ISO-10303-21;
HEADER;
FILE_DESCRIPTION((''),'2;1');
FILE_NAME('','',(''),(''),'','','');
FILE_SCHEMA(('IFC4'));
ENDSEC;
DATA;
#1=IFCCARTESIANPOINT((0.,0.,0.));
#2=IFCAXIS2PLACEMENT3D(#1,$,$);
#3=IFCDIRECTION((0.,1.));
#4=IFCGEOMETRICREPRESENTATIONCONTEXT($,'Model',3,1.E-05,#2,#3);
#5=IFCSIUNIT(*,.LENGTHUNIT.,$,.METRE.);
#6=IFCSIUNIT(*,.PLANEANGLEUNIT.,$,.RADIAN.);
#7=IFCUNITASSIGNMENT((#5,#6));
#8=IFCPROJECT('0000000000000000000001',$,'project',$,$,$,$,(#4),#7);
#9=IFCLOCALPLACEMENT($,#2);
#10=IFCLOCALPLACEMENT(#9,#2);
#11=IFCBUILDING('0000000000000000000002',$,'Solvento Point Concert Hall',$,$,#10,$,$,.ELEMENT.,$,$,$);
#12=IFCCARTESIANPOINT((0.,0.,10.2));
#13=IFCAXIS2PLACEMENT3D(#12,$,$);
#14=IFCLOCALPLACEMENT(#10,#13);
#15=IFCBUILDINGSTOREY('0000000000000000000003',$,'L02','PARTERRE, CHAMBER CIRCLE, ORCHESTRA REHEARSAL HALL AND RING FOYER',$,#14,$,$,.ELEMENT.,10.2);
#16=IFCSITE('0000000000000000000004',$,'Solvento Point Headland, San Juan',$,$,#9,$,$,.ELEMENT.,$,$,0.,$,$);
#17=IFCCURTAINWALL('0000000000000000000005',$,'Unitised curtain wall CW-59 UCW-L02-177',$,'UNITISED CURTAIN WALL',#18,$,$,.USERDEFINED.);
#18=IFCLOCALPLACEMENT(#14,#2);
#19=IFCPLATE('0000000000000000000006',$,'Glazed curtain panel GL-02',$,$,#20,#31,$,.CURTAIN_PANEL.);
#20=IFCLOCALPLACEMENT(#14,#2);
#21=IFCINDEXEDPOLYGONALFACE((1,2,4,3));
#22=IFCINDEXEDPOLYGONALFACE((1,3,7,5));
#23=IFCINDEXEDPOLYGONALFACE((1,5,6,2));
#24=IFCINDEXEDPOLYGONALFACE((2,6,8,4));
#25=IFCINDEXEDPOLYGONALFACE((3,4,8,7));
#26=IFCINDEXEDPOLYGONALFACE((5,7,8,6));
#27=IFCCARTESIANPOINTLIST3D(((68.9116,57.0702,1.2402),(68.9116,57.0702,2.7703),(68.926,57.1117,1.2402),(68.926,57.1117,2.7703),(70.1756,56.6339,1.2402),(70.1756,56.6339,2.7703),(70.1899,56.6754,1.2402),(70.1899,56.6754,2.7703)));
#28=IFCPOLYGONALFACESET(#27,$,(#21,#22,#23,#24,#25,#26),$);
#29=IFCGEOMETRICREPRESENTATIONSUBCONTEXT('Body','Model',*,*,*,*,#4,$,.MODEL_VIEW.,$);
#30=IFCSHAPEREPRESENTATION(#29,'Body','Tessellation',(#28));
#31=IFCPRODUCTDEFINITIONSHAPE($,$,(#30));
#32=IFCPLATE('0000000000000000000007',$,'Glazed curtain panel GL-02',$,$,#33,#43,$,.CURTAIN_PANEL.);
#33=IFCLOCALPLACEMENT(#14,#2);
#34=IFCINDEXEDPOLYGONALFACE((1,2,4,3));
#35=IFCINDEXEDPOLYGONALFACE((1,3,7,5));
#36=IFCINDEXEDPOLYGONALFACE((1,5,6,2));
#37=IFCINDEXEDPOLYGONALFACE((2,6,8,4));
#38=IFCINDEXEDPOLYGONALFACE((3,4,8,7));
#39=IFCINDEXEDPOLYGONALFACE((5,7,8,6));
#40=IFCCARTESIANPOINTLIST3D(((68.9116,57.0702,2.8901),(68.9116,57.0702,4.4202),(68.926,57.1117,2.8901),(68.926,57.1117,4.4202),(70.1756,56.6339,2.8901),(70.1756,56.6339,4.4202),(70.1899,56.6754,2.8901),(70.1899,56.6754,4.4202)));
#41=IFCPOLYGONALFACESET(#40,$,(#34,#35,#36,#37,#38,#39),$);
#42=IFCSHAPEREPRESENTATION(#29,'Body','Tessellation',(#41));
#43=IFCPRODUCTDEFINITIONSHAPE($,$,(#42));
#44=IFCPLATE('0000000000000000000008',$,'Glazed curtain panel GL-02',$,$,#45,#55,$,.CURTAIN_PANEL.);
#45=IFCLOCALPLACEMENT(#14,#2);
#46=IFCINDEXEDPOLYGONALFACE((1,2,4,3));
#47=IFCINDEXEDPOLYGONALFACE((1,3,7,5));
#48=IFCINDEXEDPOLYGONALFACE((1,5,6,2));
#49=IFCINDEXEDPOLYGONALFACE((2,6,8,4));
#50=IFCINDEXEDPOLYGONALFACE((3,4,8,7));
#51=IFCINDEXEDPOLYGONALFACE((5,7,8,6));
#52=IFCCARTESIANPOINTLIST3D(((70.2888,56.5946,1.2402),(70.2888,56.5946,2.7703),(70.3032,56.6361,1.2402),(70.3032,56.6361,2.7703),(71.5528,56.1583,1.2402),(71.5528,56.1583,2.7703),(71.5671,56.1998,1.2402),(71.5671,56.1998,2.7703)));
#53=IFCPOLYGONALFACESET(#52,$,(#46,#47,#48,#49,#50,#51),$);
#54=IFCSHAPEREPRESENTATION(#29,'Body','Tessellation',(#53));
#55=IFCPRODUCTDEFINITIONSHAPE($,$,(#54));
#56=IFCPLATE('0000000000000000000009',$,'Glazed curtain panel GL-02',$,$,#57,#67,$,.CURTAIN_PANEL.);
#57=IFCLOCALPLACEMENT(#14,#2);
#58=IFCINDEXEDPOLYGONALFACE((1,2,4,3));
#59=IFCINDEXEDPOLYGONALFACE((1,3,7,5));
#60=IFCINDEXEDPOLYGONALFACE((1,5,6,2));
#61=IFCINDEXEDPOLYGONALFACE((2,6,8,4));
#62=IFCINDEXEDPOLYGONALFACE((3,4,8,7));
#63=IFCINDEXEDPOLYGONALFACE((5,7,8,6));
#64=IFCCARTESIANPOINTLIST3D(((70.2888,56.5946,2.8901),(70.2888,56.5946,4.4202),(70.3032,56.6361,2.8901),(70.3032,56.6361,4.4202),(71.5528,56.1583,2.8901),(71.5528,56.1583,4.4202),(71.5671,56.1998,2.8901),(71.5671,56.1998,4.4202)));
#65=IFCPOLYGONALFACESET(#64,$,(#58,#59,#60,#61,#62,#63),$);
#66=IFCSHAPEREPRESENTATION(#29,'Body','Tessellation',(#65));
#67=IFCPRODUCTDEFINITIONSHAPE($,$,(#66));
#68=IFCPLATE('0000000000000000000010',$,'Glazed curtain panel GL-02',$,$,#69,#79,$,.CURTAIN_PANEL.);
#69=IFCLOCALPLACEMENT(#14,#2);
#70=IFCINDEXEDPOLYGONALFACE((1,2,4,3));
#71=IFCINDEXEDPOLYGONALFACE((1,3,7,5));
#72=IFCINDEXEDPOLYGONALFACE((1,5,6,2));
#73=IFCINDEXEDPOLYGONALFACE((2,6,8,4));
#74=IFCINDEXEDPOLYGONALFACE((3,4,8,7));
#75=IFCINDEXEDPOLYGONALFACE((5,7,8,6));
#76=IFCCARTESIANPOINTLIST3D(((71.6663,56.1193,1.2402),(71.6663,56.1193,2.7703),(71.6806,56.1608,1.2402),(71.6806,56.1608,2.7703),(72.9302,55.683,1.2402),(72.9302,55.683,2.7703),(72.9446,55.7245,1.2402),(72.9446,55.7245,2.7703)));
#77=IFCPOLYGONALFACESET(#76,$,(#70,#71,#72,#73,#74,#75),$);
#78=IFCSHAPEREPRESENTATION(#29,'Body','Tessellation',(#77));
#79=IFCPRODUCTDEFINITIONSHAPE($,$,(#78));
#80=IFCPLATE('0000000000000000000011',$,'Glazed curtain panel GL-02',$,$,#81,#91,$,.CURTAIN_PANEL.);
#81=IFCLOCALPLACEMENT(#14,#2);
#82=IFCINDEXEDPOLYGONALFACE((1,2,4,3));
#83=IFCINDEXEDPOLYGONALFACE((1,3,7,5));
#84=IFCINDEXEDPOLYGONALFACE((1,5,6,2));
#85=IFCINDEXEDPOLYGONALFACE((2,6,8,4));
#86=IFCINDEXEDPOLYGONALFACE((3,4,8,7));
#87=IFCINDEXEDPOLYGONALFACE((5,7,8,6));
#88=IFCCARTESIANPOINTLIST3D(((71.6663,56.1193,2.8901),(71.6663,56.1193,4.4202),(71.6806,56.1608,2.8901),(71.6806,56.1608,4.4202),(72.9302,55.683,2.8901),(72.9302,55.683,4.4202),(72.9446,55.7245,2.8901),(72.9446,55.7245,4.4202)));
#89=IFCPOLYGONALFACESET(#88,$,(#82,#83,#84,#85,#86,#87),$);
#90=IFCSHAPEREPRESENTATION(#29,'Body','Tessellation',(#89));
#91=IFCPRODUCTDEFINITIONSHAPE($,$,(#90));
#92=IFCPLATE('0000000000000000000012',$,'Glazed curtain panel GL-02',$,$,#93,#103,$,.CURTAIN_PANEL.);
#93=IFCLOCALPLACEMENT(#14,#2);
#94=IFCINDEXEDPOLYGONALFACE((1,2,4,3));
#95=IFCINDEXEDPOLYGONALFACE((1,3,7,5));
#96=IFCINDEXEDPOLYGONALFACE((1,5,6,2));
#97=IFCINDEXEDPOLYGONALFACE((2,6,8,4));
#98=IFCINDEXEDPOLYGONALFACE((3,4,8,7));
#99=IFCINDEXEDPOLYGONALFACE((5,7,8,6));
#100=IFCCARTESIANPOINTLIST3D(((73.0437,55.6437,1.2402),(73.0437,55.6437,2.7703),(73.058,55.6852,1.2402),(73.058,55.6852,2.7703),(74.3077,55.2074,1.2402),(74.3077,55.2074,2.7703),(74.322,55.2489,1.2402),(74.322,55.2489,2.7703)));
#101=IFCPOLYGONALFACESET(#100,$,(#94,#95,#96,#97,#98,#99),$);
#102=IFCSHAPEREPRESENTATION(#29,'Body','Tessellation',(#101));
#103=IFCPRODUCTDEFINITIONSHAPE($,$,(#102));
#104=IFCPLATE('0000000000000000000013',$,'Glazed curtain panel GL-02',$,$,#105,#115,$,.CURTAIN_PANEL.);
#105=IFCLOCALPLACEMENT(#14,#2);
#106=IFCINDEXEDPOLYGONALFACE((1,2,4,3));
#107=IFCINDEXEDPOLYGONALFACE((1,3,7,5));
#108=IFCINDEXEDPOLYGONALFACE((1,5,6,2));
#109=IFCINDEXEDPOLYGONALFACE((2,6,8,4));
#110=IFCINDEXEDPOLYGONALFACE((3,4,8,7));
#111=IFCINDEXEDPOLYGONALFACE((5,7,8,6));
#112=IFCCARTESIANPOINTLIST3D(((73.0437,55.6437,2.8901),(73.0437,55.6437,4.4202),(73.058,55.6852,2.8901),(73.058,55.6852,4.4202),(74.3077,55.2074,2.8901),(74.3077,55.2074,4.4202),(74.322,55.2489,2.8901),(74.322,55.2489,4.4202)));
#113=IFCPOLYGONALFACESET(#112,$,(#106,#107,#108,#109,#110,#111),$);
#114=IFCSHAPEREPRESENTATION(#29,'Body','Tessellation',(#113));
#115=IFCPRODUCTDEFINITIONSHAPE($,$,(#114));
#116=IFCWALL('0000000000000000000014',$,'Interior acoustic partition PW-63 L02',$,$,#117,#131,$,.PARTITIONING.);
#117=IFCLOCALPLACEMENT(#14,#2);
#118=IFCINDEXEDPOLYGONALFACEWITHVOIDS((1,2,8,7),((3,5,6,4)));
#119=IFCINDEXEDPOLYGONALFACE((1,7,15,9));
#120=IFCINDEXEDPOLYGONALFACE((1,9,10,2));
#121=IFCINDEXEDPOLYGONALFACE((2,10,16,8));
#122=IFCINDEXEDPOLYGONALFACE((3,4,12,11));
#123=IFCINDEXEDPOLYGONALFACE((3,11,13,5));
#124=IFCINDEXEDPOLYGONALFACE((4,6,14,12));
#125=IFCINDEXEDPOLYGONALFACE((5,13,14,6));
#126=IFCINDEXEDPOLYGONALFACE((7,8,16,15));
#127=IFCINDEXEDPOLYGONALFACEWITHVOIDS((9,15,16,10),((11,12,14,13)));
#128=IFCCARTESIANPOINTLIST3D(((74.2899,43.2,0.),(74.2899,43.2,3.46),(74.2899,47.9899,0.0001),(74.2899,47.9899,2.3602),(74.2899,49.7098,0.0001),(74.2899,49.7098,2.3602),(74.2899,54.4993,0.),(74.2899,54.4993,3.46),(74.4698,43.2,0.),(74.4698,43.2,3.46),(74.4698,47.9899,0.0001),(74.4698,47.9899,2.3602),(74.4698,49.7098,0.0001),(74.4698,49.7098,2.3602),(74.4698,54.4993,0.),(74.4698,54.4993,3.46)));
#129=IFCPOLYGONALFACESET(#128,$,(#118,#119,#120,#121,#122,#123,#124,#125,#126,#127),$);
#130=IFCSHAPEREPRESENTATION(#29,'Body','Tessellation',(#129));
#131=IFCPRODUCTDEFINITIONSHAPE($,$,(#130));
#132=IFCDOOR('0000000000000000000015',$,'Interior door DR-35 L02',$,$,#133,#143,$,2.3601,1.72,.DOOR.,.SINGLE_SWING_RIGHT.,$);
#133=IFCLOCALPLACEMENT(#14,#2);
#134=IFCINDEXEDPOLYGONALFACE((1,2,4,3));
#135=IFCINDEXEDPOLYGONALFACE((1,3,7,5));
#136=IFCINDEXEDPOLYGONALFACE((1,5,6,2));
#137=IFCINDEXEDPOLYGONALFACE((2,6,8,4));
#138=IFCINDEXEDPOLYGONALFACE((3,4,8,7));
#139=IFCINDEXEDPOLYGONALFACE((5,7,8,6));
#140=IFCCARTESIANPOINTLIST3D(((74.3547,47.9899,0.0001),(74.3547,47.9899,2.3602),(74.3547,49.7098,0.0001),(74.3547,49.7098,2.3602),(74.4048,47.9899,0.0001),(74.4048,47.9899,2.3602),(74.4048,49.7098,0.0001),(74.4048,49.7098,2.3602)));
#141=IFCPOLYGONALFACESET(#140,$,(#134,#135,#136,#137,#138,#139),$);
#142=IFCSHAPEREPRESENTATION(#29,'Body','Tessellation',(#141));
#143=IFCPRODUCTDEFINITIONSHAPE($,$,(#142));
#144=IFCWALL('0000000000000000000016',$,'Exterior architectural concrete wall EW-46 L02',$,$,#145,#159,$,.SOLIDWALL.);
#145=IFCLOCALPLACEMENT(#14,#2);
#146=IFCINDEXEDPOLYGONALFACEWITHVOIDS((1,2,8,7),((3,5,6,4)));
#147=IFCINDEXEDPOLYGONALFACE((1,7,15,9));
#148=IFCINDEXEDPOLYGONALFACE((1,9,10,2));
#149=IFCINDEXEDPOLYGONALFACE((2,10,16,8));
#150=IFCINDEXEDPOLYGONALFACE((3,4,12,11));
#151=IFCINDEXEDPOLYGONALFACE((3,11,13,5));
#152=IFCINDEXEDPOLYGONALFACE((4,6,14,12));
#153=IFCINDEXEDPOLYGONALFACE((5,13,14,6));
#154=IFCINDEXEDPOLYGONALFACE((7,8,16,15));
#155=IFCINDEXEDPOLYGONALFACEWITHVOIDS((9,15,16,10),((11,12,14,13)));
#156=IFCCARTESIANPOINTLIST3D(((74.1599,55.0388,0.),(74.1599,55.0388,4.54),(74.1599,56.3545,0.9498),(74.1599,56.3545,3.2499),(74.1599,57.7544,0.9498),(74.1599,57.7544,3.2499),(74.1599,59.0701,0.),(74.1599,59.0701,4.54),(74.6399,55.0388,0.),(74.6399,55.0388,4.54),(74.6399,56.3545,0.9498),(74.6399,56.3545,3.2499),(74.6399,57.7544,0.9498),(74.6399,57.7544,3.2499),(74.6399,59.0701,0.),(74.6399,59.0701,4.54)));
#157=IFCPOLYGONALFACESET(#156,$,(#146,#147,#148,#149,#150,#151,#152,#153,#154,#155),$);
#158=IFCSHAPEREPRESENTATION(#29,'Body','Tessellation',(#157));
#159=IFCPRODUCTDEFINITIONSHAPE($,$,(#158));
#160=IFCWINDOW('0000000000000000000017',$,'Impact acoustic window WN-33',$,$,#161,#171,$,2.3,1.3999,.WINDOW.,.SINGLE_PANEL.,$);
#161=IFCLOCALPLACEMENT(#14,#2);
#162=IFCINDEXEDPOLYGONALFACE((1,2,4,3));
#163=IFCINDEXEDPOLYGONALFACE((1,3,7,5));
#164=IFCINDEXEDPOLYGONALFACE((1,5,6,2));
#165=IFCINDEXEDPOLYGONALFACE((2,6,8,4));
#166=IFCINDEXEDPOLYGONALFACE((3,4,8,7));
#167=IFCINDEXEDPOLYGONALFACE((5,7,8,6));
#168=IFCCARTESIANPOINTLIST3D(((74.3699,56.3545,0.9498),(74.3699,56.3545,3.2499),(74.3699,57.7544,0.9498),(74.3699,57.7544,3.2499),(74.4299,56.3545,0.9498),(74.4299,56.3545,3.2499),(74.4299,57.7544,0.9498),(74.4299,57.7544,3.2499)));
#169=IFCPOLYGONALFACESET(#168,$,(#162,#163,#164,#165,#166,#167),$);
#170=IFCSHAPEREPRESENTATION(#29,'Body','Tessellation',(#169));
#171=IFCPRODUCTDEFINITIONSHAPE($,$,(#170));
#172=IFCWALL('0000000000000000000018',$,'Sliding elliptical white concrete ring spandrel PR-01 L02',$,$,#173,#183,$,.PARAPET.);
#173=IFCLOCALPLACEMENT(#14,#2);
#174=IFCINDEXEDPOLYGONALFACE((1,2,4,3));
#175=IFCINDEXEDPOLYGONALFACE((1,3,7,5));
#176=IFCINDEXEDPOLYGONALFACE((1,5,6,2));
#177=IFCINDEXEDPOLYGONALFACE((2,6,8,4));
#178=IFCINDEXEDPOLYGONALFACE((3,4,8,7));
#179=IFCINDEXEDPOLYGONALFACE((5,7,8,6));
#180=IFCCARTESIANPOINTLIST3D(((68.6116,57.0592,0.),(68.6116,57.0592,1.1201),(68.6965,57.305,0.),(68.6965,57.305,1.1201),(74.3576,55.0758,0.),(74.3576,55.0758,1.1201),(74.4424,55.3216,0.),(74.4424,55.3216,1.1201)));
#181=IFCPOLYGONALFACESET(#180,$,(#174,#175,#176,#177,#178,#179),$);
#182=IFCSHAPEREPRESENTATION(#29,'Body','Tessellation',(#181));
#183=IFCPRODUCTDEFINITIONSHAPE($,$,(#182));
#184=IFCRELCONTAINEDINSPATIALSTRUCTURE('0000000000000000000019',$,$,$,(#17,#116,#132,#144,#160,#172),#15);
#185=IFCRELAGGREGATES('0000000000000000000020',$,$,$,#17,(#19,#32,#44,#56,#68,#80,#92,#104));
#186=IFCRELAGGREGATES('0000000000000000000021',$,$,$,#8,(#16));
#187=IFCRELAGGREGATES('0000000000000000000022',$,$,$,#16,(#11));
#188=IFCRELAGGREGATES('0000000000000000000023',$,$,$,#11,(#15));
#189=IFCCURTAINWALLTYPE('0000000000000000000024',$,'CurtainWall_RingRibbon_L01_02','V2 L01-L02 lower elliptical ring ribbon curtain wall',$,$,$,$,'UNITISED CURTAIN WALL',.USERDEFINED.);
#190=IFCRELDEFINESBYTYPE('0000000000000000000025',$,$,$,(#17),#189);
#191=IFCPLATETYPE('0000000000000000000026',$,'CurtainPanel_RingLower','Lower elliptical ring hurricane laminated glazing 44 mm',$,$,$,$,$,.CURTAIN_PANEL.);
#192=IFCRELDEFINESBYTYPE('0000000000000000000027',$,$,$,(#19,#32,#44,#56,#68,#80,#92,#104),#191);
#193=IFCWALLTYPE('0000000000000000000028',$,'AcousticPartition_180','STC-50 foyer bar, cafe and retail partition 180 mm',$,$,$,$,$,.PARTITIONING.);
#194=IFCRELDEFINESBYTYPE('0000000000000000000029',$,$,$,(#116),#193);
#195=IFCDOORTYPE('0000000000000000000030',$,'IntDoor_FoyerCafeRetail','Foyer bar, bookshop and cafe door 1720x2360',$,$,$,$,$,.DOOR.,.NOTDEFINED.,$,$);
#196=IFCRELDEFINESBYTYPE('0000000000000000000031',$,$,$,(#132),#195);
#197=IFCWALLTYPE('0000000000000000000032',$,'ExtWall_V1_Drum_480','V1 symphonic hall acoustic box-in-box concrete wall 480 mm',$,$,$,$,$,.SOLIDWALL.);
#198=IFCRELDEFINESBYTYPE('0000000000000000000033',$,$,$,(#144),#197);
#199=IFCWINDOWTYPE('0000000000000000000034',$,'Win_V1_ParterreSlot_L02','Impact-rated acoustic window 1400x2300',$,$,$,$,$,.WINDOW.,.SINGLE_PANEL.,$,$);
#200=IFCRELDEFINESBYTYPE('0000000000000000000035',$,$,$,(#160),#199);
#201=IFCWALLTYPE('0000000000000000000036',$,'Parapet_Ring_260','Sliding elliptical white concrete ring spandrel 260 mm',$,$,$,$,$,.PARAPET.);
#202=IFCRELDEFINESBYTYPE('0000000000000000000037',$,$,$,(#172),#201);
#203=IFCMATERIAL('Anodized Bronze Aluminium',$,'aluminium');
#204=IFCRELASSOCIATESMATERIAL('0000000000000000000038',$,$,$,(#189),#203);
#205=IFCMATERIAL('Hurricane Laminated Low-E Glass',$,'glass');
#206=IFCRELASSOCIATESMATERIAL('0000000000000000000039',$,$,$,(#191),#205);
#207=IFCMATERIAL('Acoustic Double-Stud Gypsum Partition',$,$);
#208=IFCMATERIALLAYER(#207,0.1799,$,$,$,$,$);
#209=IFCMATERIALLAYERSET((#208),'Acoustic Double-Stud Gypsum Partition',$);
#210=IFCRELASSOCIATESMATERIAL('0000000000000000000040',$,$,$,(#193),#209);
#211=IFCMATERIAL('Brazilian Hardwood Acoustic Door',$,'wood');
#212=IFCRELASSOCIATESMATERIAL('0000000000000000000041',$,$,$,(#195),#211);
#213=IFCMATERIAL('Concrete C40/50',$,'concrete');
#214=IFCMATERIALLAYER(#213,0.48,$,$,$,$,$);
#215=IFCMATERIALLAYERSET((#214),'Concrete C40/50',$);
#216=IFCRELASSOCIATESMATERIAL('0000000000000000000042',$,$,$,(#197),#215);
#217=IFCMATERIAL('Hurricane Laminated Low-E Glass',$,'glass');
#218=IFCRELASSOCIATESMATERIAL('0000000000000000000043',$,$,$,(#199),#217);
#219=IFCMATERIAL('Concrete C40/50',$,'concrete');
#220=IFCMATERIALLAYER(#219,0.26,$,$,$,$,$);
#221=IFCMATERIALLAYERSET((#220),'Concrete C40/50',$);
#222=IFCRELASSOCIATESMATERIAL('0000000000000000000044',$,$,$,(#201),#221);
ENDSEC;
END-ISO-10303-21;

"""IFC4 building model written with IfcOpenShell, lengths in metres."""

from ifc_helpers import new_model, si_unit, direction, frame, frame_2d, origin, origin_2d, place, context, subcontext, project, spatial, rectangle, extrude, material, layer, layer_set, type_object, element, fill, aggregate, save


model = new_model("IFC4")

# Units and contexts
model_context = context("Model", 3, precision=1e-05, world=origin(), true_north=direction((0.0, 1.0)))
body_context = subcontext(model_context, "Body", "Model", "MODEL_VIEW")
ifc_project = project(units=[si_unit("LENGTHUNIT", "METRE"), si_unit("PLANEANGLEUNIT", "RADIAN")], contexts=[model_context])

# Site, building, storey
site_placement = place(None, origin())
site = spatial("IfcSite", under=ifc_project, at=site_placement, Name="Solvento Point Headland, San Juan", CompositionType="ELEMENT", RefElevation=0.0)
building_placement = place(site_placement, origin())
building = spatial("IfcBuilding", under=site, at=building_placement, Name="Solvento Point Concert Hall", CompositionType="ELEMENT")
storey_placement = place(building_placement, frame((0.0, 0.0, 10.2)))
storey = spatial("IfcBuildingStorey", under=building, at=storey_placement, Name="L02", Description="PARTERRE, CHAMBER CIRCLE, ORCHESTRA REHEARSAL HALL AND RING FOYER", CompositionType="ELEMENT", Elevation=10.2)

# Shared definitions
ifc_material_1 = material(Name="Anodized Bronze Aluminium", Category="aluminium")
curtain_wall_type = type_object("IfcCurtainWallType", Name="CurtainWall_RingRibbon_L01_02", Description="V2 L01-L02 lower elliptical ring ribbon curtain wall", ElementType="UNITISED CURTAIN WALL", PredefinedType="USERDEFINED", material=ifc_material_1)

# Curtain wall
curtain_wall_1_placement = place(storey_placement, origin())
curtain_wall_1 = element("IfcCurtainWall", 1, at=curtain_wall_1_placement, inside=storey, type_object=curtain_wall_type, Name="Unitised curtain wall CW-59 UCW-L02-177", ObjectType="UNITISED CURTAIN WALL", PredefinedType="USERDEFINED")

# Plates
ifc_material_2 = material(Name="Hurricane Laminated Low-E Glass", Category="glass")
plate_type = type_object("IfcPlateType", Name="CurtainPanel_RingLower", Description="Lower elliptical ring hurricane laminated glazing 44 mm", PredefinedType="CURTAIN_PANEL", material=ifc_material_2)
plate_1_placement = place(storey_placement, frame((69.5508, 56.8728, 1.2402), z_axis=(0.0, 0.0, 1.0), x_axis=(0.945271, -0.326288, 0.0)))
plate_1 = element("IfcPlate", 2, at=plate_1_placement, type_object=plate_type, Name="Glazed curtain panel GL-02", PredefinedType="CURTAIN_PANEL", context=body_context, shape_type="SweptSolid", body=[
    extrude(rectangle(XDim=1.3372, YDim=0.0439, at=origin_2d()), origin(), (0.0, 0.0, 1.0), 1.53),
])
plate_2_placement = place(storey_placement, frame((69.5508, 56.8728, 2.8901), z_axis=(0.0, 0.0, 1.0), x_axis=(0.945271, -0.326288, 0.0)))
plate_2 = element("IfcPlate", 3, at=plate_2_placement, type_object=plate_type, Name="Glazed curtain panel GL-02", PredefinedType="CURTAIN_PANEL", context=body_context, shape_type="SweptSolid", body=[
    extrude(rectangle(XDim=1.3372, YDim=0.0439, at=origin_2d()), origin(), (0.0, 0.0, 1.0), 1.53),
])
plate_3_placement = place(storey_placement, frame((70.928, 56.3972, 1.2402), z_axis=(0.0, 0.0, 1.0), x_axis=(0.945271, -0.326288, 0.0)))
plate_3 = element("IfcPlate", 4, at=plate_3_placement, type_object=plate_type, Name="Glazed curtain panel GL-02", PredefinedType="CURTAIN_PANEL", context=body_context, shape_type="SweptSolid", body=[
    extrude(rectangle(XDim=1.3372, YDim=0.0439, at=origin_2d()), origin(), (0.0, 0.0, 1.0), 1.53),
])
plate_4_placement = place(storey_placement, frame((70.928, 56.3972, 2.8901), z_axis=(0.0, 0.0, 1.0), x_axis=(0.945271, -0.326288, 0.0)))
plate_4 = element("IfcPlate", 5, at=plate_4_placement, type_object=plate_type, Name="Glazed curtain panel GL-02", PredefinedType="CURTAIN_PANEL", context=body_context, shape_type="SweptSolid", body=[
    extrude(rectangle(XDim=1.3372, YDim=0.0439, at=origin_2d()), origin(), (0.0, 0.0, 1.0), 1.53),
])
plate_5_placement = place(storey_placement, frame((72.3054, 55.9219, 1.2402), z_axis=(0.0, 0.0, 1.0), x_axis=(0.945271, -0.326288, 0.0)))
plate_5 = element("IfcPlate", 6, at=plate_5_placement, type_object=plate_type, Name="Glazed curtain panel GL-02", PredefinedType="CURTAIN_PANEL", context=body_context, shape_type="SweptSolid", body=[
    extrude(rectangle(XDim=1.3372, YDim=0.0439, at=origin_2d()), origin(), (0.0, 0.0, 1.0), 1.53),
])
plate_6_placement = place(storey_placement, frame((72.3054, 55.9219, 2.8901), z_axis=(0.0, 0.0, 1.0), x_axis=(0.945271, -0.326288, 0.0)))
plate_6 = element("IfcPlate", 7, at=plate_6_placement, type_object=plate_type, Name="Glazed curtain panel GL-02", PredefinedType="CURTAIN_PANEL", context=body_context, shape_type="SweptSolid", body=[
    extrude(rectangle(XDim=1.3372, YDim=0.0439, at=origin_2d()), origin(), (0.0, 0.0, 1.0), 1.53),
])
plate_7_placement = place(storey_placement, frame((73.6829, 55.4463, 1.2402), z_axis=(0.0, 0.0, 1.0), x_axis=(0.945271, -0.326288, 0.0)))
plate_7 = element("IfcPlate", 8, at=plate_7_placement, type_object=plate_type, Name="Glazed curtain panel GL-02", PredefinedType="CURTAIN_PANEL", context=body_context, shape_type="SweptSolid", body=[
    extrude(rectangle(XDim=1.3372, YDim=0.0439, at=origin_2d()), origin(), (0.0, 0.0, 1.0), 1.53),
])
plate_8_placement = place(storey_placement, frame((73.6829, 55.4463, 2.8901), z_axis=(0.0, 0.0, 1.0), x_axis=(0.945271, -0.326288, 0.0)))
plate_8 = element("IfcPlate", 9, at=plate_8_placement, type_object=plate_type, Name="Glazed curtain panel GL-02", PredefinedType="CURTAIN_PANEL", context=body_context, shape_type="SweptSolid", body=[
    extrude(rectangle(XDim=1.3372, YDim=0.0439, at=origin_2d()), origin(), (0.0, 0.0, 1.0), 1.53),
])
aggregate(curtain_wall_1, [plate_1, plate_2, plate_3, plate_4, plate_5, plate_6, plate_7, plate_8])

# Wall, opening, door
ifc_material_3 = material(Name="Acoustic Double-Stud Gypsum Partition")
ifc_layer_1 = layer(ifc_material_3, 0.1799)
ifc_layer_set_1 = layer_set([ifc_layer_1], Name="Acoustic Double-Stud Gypsum Partition")
wall_type_1 = type_object("IfcWallType", Name="AcousticPartition_180", Description="STC-50 foyer bar, cafe and retail partition 180 mm", PredefinedType="PARTITIONING", material=ifc_layer_set_1)
wall_1_placement = place(storey_placement, frame((74.3799, 54.4993, 0.0), z_axis=(0.0, 0.0, 1.0), x_axis=(0.0, -1.0, 0.0)))
wall_1 = element("IfcWall", 10, at=wall_1_placement, inside=storey, type_object=wall_type_1, Name="Interior acoustic partition PW-63 L02", PredefinedType="PARTITIONING", context=body_context, shape_type="SweptSolid", body=[
    extrude(rectangle(XDim=11.2993, YDim=0.1799, at=frame_2d((5.6497, 0.0))), origin(), (0.0, 0.0, 1.0), 3.46),
])
opening_1_placement = place(wall_1_placement, frame((4.7896, 0.0, 0.0)))
opening_1 = element("IfcOpeningElement", 11, at=opening_1_placement, cuts=wall_1, PredefinedType="OPENING", context=body_context, shape_type="SweptSolid", body=[
    extrude(rectangle(XDim=1.72, YDim=2.3601, at=frame_2d((0.8599, 1.1802))), frame((0.0, 0.0999, 0.0), z_axis=(0.0, -1.0, 0.0), x_axis=(1.0, 0.0, 0.0)), (0.0, 0.0, 1.0), 0.2),
])
ifc_material_4 = material(Name="Brazilian Hardwood Acoustic Door", Category="wood")
door_type = type_object("IfcDoorType", Name="IntDoor_FoyerCafeRetail", Description="Foyer bar, bookshop and cafe door 1720x2360", OperationType="NOTDEFINED", PredefinedType="DOOR", material=ifc_material_4)
door_placement = place(opening_1_placement, origin())
door = element("IfcDoor", 12, at=door_placement, inside=storey, type_object=door_type, Name="Interior door DR-35 L02", OperationType="SINGLE_SWING_RIGHT", OverallHeight=2.3601, OverallWidth=1.72, PredefinedType="DOOR", context=body_context, shape_type="SweptSolid", body=[
    extrude(rectangle(XDim=1.72, YDim=2.3601, at=frame_2d((0.8599, 1.1802))), frame((0.0, 0.0249, 0.0), z_axis=(0.0, -1.0, 0.0), x_axis=(1.0, 0.0, 0.0)), (0.0, 0.0, 1.0), 0.05),
])
fill(opening_1, door)

# Wall, opening, window
ifc_material_5 = material(Name="Concrete C40/50", Category="concrete")
ifc_layer_2 = layer(ifc_material_5, 0.48)
ifc_layer_set_2 = layer_set([ifc_layer_2], Name="Concrete C40/50")
wall_type_2 = type_object("IfcWallType", Name="ExtWall_V1_Drum_480", Description="V1 symphonic hall acoustic box-in-box concrete wall 480 mm", PredefinedType="SOLIDWALL", material=ifc_layer_set_2)
wall_2_placement = place(storey_placement, frame((74.3999, 55.0388, 0.0), z_axis=(0.0, 0.0, 1.0), x_axis=(0.0, 1.0, 0.0)))
wall_2 = element("IfcWall", 13, at=wall_2_placement, inside=storey, type_object=wall_type_2, Name="Exterior architectural concrete wall EW-46 L02", PredefinedType="SOLIDWALL", context=body_context, shape_type="SweptSolid", body=[
    extrude(rectangle(XDim=4.0312, YDim=0.48, at=frame_2d((2.0156, 0.0))), origin(), (0.0, 0.0, 1.0), 4.54),
])
opening_2_placement = place(wall_2_placement, frame((1.3157, 0.0, 0.95)))
opening_2 = element("IfcOpeningElement", 14, at=opening_2_placement, cuts=wall_2, PredefinedType="OPENING", context=body_context, shape_type="SweptSolid", body=[
    extrude(rectangle(XDim=1.3999, YDim=2.3, at=frame_2d((0.7, 1.1499))), frame((0.0, 0.25, 0.0), z_axis=(0.0, -1.0, 0.0), x_axis=(1.0, 0.0, 0.0)), (0.0, 0.0, 1.0), 0.5),
])
ifc_material_6 = material(Name="Hurricane Laminated Low-E Glass", Category="glass")
window_type = type_object("IfcWindowType", Name="Win_V1_ParterreSlot_L02", Description="Impact-rated acoustic window 1400x2300", PartitioningType="SINGLE_PANEL", PredefinedType="WINDOW", material=ifc_material_6)
window_placement = place(opening_2_placement, origin())
window = element("IfcWindow", 15, at=window_placement, inside=storey, type_object=window_type, Name="Impact acoustic window WN-33", OverallHeight=2.3, OverallWidth=1.3999, PartitioningType="SINGLE_PANEL", PredefinedType="WINDOW", context=body_context, shape_type="SweptSolid", body=[
    extrude(rectangle(XDim=1.3999, YDim=2.3, at=frame_2d((0.7, 1.1499))), frame((0.0, 0.03, 0.0), z_axis=(0.0, -1.0, 0.0), x_axis=(1.0, 0.0, 0.0)), (0.0, 0.0, 1.0), 0.0601),
])
fill(opening_2, window)

# Wall
ifc_material_7 = material(Name="Concrete C40/50", Category="concrete")
ifc_layer_3 = layer(ifc_material_7, 0.26)
ifc_layer_set_3 = layer_set([ifc_layer_3], Name="Concrete C40/50")
wall_type_3 = type_object("IfcWallType", Name="Parapet_Ring_260", Description="Sliding elliptical white concrete ring spandrel 260 mm", PredefinedType="PARAPET", material=ifc_layer_set_3)
wall_3_placement = place(storey_placement, frame((68.6541, 57.1821, 0.0), z_axis=(0.0, 0.0, 1.0), x_axis=(0.945268, -0.326295, 0.0)))
element("IfcWall", 16, at=wall_3_placement, inside=storey, type_object=wall_type_3, Name="Sliding elliptical white concrete ring spandrel PR-01 L02", PredefinedType="PARAPET", context=body_context, shape_type="SweptSolid", body=[
    extrude(rectangle(XDim=6.0786, YDim=0.26, at=frame_2d((3.0393, 0.0))), origin(), (0.0, 0.0, 1.0), 1.1201),
])

save(model, "model.ifc")
